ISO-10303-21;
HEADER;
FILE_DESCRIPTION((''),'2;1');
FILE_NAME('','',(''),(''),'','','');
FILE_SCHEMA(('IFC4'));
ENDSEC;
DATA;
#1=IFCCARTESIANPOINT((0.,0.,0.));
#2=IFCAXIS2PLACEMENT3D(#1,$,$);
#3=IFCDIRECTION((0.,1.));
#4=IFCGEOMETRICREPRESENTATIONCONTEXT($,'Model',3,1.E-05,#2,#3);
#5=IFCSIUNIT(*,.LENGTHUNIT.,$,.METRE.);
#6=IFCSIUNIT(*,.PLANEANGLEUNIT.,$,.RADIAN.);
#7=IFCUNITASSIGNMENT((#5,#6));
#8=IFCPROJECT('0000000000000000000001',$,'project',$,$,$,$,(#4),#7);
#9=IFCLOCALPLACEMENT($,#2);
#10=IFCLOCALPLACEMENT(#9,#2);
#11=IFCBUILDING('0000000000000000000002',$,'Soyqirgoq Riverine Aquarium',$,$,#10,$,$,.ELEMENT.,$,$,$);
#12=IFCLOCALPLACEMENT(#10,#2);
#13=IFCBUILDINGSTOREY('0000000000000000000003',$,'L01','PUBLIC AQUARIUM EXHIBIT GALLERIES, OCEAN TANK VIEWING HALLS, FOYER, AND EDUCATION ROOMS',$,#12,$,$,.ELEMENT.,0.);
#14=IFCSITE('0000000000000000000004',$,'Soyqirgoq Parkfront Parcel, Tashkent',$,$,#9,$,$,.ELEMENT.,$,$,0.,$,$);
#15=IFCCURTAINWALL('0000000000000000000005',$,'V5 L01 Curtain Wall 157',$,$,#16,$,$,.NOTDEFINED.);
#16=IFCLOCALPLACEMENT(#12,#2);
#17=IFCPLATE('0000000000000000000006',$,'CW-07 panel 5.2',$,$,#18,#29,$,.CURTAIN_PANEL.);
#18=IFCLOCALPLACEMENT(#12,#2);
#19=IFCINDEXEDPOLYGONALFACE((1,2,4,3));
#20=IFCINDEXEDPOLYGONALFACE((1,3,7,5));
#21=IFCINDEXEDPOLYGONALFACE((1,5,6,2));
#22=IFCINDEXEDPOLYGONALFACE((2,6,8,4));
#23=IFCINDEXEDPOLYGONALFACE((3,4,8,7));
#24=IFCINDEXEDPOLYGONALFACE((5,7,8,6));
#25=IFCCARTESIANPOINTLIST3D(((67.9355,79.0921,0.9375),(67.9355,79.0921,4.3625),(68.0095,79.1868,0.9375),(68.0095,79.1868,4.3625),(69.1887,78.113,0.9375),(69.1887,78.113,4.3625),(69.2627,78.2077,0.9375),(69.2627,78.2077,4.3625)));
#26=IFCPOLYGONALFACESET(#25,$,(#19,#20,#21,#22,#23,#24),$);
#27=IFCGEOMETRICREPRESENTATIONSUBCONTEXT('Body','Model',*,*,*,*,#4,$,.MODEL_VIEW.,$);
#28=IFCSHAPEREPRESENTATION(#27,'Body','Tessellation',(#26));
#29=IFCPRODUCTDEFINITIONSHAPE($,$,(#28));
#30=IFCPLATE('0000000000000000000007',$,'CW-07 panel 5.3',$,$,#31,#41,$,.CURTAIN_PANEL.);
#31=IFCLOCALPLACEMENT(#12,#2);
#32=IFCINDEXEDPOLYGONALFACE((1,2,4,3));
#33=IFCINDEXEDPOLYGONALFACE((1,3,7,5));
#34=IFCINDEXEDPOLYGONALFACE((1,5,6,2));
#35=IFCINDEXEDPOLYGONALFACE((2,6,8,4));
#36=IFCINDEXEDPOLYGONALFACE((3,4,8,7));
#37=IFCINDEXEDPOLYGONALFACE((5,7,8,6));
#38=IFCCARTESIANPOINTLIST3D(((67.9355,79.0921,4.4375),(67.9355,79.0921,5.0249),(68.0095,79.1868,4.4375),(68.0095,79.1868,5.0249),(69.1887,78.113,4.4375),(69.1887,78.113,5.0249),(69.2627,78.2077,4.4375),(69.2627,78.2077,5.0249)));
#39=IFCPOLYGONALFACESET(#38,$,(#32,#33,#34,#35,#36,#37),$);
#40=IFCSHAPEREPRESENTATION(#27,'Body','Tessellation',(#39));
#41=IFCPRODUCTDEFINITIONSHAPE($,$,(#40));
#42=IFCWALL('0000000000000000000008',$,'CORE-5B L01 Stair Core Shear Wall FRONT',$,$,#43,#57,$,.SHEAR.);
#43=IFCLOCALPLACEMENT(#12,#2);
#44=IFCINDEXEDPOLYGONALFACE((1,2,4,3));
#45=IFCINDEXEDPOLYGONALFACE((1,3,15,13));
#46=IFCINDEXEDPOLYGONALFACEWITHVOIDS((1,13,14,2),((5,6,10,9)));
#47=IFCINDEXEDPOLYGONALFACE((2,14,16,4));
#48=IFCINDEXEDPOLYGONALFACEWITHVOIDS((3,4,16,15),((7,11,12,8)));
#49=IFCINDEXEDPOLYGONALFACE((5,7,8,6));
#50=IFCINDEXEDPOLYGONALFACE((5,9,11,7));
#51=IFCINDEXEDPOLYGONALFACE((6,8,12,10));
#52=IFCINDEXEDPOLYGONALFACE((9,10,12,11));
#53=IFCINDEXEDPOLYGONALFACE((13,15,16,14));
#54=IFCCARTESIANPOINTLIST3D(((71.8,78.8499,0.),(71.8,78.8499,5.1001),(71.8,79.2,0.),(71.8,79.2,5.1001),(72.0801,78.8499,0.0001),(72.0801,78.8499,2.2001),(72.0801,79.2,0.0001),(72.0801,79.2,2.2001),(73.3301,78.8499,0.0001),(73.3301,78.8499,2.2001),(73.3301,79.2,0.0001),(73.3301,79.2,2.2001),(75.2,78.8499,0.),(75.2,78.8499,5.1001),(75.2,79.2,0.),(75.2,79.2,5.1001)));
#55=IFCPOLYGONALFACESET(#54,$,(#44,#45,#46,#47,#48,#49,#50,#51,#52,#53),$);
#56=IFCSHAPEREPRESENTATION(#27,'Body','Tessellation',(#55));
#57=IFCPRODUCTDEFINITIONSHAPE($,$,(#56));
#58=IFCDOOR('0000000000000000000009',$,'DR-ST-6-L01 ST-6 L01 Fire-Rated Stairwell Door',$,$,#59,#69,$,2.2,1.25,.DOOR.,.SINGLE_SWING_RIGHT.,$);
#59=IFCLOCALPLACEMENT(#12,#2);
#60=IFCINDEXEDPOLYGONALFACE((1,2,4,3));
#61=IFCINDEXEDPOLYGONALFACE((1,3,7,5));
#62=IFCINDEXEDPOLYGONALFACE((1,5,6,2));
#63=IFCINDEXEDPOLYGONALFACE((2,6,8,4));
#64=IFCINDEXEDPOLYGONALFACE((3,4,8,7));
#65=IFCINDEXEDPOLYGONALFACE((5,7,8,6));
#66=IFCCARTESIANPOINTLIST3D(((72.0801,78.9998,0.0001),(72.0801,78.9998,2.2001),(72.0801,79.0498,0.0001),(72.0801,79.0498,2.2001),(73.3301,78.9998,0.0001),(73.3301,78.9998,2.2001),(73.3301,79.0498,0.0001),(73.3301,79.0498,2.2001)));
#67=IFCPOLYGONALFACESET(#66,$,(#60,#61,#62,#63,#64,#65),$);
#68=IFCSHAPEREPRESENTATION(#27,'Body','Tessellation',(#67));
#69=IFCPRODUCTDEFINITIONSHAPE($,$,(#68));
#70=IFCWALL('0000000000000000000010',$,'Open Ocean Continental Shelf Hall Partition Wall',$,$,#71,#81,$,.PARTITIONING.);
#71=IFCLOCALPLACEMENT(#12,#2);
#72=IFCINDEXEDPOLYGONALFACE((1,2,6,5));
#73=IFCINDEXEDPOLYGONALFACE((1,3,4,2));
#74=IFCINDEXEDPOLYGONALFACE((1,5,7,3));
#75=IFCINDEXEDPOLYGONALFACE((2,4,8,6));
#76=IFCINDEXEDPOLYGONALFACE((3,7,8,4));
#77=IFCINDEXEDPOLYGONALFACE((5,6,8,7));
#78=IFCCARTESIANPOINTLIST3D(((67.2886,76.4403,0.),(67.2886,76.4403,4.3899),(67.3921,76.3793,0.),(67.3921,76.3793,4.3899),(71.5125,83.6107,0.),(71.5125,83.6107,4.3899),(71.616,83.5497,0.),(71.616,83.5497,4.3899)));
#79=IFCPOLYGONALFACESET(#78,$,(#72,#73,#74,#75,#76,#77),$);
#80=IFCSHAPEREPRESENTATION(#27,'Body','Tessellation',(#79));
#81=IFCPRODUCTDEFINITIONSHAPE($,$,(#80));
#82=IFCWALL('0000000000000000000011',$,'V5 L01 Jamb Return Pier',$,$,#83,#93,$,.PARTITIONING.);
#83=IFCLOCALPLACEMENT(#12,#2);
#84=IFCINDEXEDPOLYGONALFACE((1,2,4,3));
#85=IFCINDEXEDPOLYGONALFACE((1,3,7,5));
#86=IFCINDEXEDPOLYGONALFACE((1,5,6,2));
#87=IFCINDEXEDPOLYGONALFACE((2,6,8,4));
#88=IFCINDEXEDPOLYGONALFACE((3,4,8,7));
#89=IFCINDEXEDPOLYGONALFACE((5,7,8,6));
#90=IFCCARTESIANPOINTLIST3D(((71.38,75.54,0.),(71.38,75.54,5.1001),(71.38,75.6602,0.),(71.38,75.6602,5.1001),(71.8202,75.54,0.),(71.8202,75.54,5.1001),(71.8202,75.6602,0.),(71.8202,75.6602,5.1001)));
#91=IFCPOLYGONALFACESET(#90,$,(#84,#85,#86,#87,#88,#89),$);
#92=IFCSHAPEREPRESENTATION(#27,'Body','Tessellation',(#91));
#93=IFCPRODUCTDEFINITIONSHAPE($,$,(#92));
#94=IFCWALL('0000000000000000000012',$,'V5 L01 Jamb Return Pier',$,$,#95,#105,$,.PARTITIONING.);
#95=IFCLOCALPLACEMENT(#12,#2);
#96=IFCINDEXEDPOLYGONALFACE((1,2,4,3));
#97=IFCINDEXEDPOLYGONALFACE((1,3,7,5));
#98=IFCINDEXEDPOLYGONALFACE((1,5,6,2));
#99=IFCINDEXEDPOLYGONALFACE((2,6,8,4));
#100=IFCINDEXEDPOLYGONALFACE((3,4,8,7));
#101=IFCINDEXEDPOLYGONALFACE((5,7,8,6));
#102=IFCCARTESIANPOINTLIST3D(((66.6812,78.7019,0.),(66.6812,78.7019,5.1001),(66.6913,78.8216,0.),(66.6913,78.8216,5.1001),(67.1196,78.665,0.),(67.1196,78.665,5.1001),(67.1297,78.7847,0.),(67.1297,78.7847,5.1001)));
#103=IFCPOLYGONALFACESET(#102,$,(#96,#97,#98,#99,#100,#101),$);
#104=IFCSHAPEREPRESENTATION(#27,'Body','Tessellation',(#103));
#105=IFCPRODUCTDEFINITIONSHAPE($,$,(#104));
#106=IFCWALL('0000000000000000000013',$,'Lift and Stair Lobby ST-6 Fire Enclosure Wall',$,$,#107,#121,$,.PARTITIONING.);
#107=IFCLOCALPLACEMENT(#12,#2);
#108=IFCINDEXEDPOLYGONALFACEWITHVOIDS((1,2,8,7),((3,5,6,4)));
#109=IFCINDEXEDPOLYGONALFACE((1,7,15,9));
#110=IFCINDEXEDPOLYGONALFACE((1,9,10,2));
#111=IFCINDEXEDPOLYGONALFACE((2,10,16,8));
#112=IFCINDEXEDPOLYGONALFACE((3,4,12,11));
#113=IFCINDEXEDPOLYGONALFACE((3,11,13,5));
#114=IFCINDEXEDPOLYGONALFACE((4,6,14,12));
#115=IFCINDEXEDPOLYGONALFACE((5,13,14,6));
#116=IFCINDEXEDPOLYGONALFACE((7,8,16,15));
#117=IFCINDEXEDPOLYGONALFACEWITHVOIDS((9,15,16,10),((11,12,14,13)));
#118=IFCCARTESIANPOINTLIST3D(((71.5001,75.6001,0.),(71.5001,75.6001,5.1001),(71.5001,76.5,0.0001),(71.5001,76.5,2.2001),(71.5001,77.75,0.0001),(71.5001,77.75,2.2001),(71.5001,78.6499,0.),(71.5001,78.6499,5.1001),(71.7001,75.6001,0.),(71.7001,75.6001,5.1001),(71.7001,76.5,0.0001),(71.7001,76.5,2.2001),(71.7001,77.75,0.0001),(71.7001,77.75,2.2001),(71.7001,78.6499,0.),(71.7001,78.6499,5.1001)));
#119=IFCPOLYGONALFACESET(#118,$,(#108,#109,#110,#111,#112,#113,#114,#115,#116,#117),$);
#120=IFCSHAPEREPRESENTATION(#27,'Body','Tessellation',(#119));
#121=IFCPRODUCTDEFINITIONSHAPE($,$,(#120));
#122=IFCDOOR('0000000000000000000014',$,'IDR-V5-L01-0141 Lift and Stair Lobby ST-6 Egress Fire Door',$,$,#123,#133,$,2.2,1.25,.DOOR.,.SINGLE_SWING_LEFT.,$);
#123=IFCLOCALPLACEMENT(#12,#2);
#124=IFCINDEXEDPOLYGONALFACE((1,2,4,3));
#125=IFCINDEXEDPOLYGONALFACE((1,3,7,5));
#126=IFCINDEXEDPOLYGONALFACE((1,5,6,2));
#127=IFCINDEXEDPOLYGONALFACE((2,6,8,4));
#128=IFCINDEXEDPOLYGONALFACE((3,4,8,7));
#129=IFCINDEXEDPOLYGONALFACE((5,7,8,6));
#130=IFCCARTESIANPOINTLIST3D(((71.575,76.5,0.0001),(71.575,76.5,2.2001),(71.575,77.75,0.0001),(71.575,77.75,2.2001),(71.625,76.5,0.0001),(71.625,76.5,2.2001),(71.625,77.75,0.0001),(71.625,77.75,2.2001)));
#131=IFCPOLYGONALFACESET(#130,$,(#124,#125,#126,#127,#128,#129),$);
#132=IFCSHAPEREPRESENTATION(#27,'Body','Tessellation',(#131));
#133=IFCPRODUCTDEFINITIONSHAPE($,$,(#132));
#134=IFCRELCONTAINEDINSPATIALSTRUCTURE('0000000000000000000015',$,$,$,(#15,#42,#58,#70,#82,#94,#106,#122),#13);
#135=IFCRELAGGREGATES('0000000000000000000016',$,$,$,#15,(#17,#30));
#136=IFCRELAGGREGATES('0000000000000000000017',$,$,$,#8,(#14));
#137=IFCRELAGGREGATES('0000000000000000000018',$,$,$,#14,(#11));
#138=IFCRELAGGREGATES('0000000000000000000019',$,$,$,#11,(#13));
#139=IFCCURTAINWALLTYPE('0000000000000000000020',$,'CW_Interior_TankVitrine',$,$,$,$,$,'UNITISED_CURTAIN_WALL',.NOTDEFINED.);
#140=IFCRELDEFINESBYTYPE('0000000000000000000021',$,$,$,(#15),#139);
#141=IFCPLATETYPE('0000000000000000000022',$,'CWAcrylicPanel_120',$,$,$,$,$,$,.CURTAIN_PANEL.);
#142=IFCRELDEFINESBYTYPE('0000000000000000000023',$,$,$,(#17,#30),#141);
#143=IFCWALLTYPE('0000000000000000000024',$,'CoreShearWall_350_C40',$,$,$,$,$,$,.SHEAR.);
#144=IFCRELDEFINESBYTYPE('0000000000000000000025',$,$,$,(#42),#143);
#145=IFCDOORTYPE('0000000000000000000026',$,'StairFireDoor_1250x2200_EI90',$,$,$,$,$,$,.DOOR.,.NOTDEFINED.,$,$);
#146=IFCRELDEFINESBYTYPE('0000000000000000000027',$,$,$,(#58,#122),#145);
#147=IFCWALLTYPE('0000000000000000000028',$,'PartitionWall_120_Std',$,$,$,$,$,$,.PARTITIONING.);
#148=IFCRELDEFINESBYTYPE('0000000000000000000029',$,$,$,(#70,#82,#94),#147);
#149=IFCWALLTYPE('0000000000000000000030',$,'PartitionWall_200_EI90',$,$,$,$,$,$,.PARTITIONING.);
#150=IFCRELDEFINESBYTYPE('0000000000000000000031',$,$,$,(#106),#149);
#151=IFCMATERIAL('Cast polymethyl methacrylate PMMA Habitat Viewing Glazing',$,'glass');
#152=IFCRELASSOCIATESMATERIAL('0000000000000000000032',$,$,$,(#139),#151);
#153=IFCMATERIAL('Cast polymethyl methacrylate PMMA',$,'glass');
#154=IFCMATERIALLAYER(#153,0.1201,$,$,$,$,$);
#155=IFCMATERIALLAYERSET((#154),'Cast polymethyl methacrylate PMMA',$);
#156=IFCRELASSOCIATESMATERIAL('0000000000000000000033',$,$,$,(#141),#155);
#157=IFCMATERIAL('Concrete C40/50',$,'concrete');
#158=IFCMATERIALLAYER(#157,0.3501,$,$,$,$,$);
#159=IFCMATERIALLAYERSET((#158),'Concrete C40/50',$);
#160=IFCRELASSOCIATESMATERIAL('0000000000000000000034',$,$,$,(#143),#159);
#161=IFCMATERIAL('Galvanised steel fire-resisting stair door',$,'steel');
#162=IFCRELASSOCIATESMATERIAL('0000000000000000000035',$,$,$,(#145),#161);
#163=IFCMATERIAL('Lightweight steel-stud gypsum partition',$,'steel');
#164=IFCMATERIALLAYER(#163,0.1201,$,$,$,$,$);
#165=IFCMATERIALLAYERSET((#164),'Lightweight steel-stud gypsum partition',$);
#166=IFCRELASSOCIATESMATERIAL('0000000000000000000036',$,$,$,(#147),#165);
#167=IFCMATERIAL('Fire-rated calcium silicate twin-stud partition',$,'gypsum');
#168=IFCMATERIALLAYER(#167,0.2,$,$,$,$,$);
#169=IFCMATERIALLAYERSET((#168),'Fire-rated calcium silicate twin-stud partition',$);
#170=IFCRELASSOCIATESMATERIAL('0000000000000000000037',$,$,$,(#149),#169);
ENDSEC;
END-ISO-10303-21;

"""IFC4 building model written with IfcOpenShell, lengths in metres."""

from ifc_helpers import new_model, si_unit, direction, frame, frame_2d, origin, origin_2d, place, context, subcontext, project, spatial, rectangle, extrude, material, layer, layer_set, type_object, element, fill, aggregate, save


model = new_model("IFC4")

# Units and contexts
model_context = context("Model", 3, precision=1e-05, world=origin(), true_north=direction((0.0, 1.0)))
body_context = subcontext(model_context, "Body", "Model", "MODEL_VIEW")
ifc_project = project(units=[si_unit("LENGTHUNIT", "METRE"), si_unit("PLANEANGLEUNIT", "RADIAN")], contexts=[model_context])

# Site, building, storey
site_placement = place(None, origin())
site = spatial("IfcSite", under=ifc_project, at=site_placement, Name="Soyqirgoq Parkfront Parcel, Tashkent", CompositionType="ELEMENT", RefElevation=0.0)
building_placement = place(site_placement, origin())
building = spatial("IfcBuilding", under=site, at=building_placement, Name="Soyqirgoq Riverine Aquarium", CompositionType="ELEMENT")
storey_placement = place(building_placement, origin())
storey = spatial("IfcBuildingStorey", under=building, at=storey_placement, Name="L01", Description="PUBLIC AQUARIUM EXHIBIT GALLERIES, OCEAN TANK VIEWING HALLS, FOYER, AND EDUCATION ROOMS", CompositionType="ELEMENT", Elevation=0.0)

# Curtain wall
ifc_material_1 = material(Name="Cast polymethyl methacrylate PMMA Habitat Viewing Glazing", Category="glass")
curtain_wall_type = type_object("IfcCurtainWallType", Name="CW_Interior_TankVitrine", ElementType="UNITISED_CURTAIN_WALL", PredefinedType="NOTDEFINED", material=ifc_material_1)
curtain_wall_placement = place(storey_placement, origin())
curtain_wall = element("IfcCurtainWall", 1, at=curtain_wall_placement, inside=storey, type_object=curtain_wall_type, Name="V5 L01 Curtain Wall 157", PredefinedType="NOTDEFINED")

# Plates
ifc_material_2 = material(Name="Cast polymethyl methacrylate PMMA", Category="glass")
ifc_layer_1 = layer(ifc_material_2, 0.1201)
ifc_layer_set_1 = layer_set([ifc_layer_1], Name="Cast polymethyl methacrylate PMMA")
plate_type = type_object("IfcPlateType", Name="CWAcrylicPanel_120", PredefinedType="CURTAIN_PANEL", material=ifc_layer_set_1)
plate_1_placement = place(storey_placement, frame((68.5991, 78.6499, 0.9375), z_axis=(0.0, 0.0, 1.0), x_axis=(-0.788011, 0.615661, 0.0)))
plate_1 = element("IfcPlate", 2, at=plate_1_placement, type_object=plate_type, Name="CW-07 panel 5.2", PredefinedType="CURTAIN_PANEL", context=body_context, shape_type="SweptSolid", body=[
    extrude(rectangle(XDim=1.5903, YDim=0.1201, at=origin_2d()), origin(), (0.0, 0.0, 1.0), 3.425),
])
plate_2_placement = place(storey_placement, frame((68.5991, 78.6499, 4.4375), z_axis=(0.0, 0.0, 1.0), x_axis=(-0.788011, 0.615661, 0.0)))
plate_2 = element("IfcPlate", 3, at=plate_2_placement, type_object=plate_type, Name="CW-07 panel 5.3", PredefinedType="CURTAIN_PANEL", context=body_context, shape_type="SweptSolid", body=[
    extrude(rectangle(XDim=1.5903, YDim=0.1201, at=origin_2d()), origin(), (0.0, 0.0, 1.0), 0.5874),
])
aggregate(curtain_wall, [plate_1, plate_2])

# Wall, opening, door
ifc_material_3 = material(Name="Concrete C40/50", Category="concrete")
ifc_layer_2 = layer(ifc_material_3, 0.3501)
ifc_layer_set_2 = layer_set([ifc_layer_2], Name="Concrete C40/50")
wall_type_1 = type_object("IfcWallType", Name="CoreShearWall_350_C40", PredefinedType="SHEAR", material=ifc_layer_set_2)
wall_1_placement = place(storey_placement, frame((71.8, 79.0249, 0.0), z_axis=(0.0, 0.0, 1.0), x_axis=(1.0, 0.0, 0.0)))
wall_1 = element("IfcWall", 4, at=wall_1_placement, inside=storey, type_object=wall_type_1, Name="CORE-5B L01 Stair Core Shear Wall FRONT", PredefinedType="SHEAR", context=body_context, shape_type="SweptSolid", body=[
    extrude(rectangle(XDim=3.3999, YDim=0.3501, at=frame_2d((1.7, 0.0))), origin(), (0.0, 0.0, 1.0), 5.1001),
])
opening_1_placement = place(wall_1_placement, frame((0.28, 0.0, 0.0)))
opening_1 = element("IfcOpeningElement", 5, at=opening_1_placement, cuts=wall_1, PredefinedType="OPENING", context=body_context, shape_type="SweptSolid", body=[
    extrude(rectangle(XDim=1.25, YDim=2.2, at=frame_2d((0.625, 1.1001))), frame((0.0, 0.1851, 0.0), z_axis=(0.0, -1.0, 0.0), x_axis=(1.0, 0.0, 0.0)), (0.0, 0.0, 1.0), 0.3701),
])
ifc_material_4 = material(Name="Galvanised steel fire-resisting stair door", Category="steel")
door_type = type_object("IfcDoorType", Name="StairFireDoor_1250x2200_EI90", OperationType="NOTDEFINED", PredefinedType="DOOR", material=ifc_material_4)
door_1_placement = place(opening_1_placement, origin())
door_1 = element("IfcDoor", 6, at=door_1_placement, inside=storey, type_object=door_type, Name="DR-ST-6-L01 ST-6 L01 Fire-Rated Stairwell Door", OperationType="SINGLE_SWING_RIGHT", OverallHeight=2.2, OverallWidth=1.25, PredefinedType="DOOR", context=body_context, shape_type="SweptSolid", body=[
    extrude(rectangle(XDim=1.25, YDim=2.2, at=frame_2d((0.625, 1.1001))), frame((0.0, 0.0249, 0.0), z_axis=(0.0, -1.0, 0.0), x_axis=(1.0, 0.0, 0.0)), (0.0, 0.0, 1.0), 0.05),
])
fill(opening_1, door_1)

# Walls
ifc_material_5 = material(Name="Lightweight steel-stud gypsum partition", Category="steel")
ifc_layer_3 = layer(ifc_material_5, 0.1201)
ifc_layer_set_3 = layer_set([ifc_layer_3], Name="Lightweight steel-stud gypsum partition")
wall_type_2 = type_object("IfcWallType", Name="PartitionWall_120_Std", PredefinedType="PARTITIONING", material=ifc_layer_set_3)
wall_2_placement = place(storey_placement, frame((67.3403, 76.4097, 0.0), z_axis=(0.0, 0.0, 1.0), x_axis=(0.507555, 0.86162, 0.0)))
element("IfcWall", 7, at=wall_2_placement, inside=storey, type_object=wall_type_2, Name="Open Ocean Continental Shelf Hall Partition Wall", PredefinedType="PARTITIONING", context=body_context, shape_type="SweptSolid", body=[
    extrude(rectangle(XDim=8.322, YDim=0.1201, at=frame_2d((4.1611, 0.0))), origin(), (0.0, 0.0, 1.0), 4.3899),
])
wall_3_placement = place(storey_placement, frame((71.3799, 75.6001, 0.0), z_axis=(0.0, 0.0, 1.0), x_axis=(1.0, 0.0, 0.0)))
element("IfcWall", 8, at=wall_3_placement, inside=storey, type_object=wall_type_2, Name="V5 L01 Jamb Return Pier", PredefinedType="PARTITIONING", context=body_context, shape_type="SweptSolid", body=[
    extrude(rectangle(XDim=0.4402, YDim=0.1201, at=frame_2d((0.2202, 0.0))), origin(), (0.0, 0.0, 1.0), 5.1001),
])
wall_4_placement = place(storey_placement, frame((66.6863, 78.7617, 0.0), z_axis=(0.0, 0.0, 1.0), x_axis=(0.996484, -0.08378, 0.0)))
element("IfcWall", 9, at=wall_4_placement, inside=storey, type_object=wall_type_2, Name="V5 L01 Jamb Return Pier", PredefinedType="PARTITIONING", context=body_context, shape_type="SweptSolid", body=[
    extrude(rectangle(XDim=0.4399, YDim=0.1201, at=frame_2d((0.22, 0.0))), origin(), (0.0, 0.0, 1.0), 5.1001),
])

# Wall, opening, door
ifc_material_6 = material(Name="Fire-rated calcium silicate twin-stud partition", Category="gypsum")
ifc_layer_4 = layer(ifc_material_6, 0.2)
ifc_layer_set_4 = layer_set([ifc_layer_4], Name="Fire-rated calcium silicate twin-stud partition")
wall_type_3 = type_object("IfcWallType", Name="PartitionWall_200_EI90", PredefinedType="PARTITIONING", material=ifc_layer_set_4)
wall_5_placement = place(storey_placement, frame((71.6001, 78.6499, 0.0), z_axis=(0.0, 0.0, 1.0), x_axis=(0.0, -1.0, 0.0)))
wall_5 = element("IfcWall", 10, at=wall_5_placement, inside=storey, type_object=wall_type_3, Name="Lift and Stair Lobby ST-6 Fire Enclosure Wall", PredefinedType="PARTITIONING", context=body_context, shape_type="SweptSolid", body=[
    extrude(rectangle(XDim=3.0498, YDim=0.2, at=frame_2d((1.5249, 0.0))), origin(), (0.0, 0.0, 1.0), 5.1001),
])
opening_2_placement = place(wall_5_placement, frame((0.8999, 0.0, 0.0)))
opening_2 = element("IfcOpeningElement", 11, at=opening_2_placement, cuts=wall_5, PredefinedType="OPENING", context=body_context, shape_type="SweptSolid", body=[
    extrude(rectangle(XDim=1.25, YDim=2.2, at=frame_2d((0.625, 1.1001))), frame((0.0, 0.1099, 0.0), z_axis=(0.0, -1.0, 0.0), x_axis=(1.0, 0.0, 0.0)), (0.0, 0.0, 1.0), 0.22),
])
door_2_placement = place(opening_2_placement, origin())
door_2 = element("IfcDoor", 12, at=door_2_placement, inside=storey, type_object=door_type, Name="IDR-V5-L01-0141 Lift and Stair Lobby ST-6 Egress Fire Door", OperationType="SINGLE_SWING_LEFT", OverallHeight=2.2, OverallWidth=1.25, PredefinedType="DOOR", context=body_context, shape_type="SweptSolid", body=[
    extrude(rectangle(XDim=1.25, YDim=2.2, at=frame_2d((0.625, 1.1001))), frame((0.0, 0.0249, 0.0), z_axis=(0.0, -1.0, 0.0), x_axis=(1.0, 0.0, 0.0)), (0.0, 0.0, 1.0), 0.05),
])
fill(opening_2, door_2)

save(model, "model.ifc")
